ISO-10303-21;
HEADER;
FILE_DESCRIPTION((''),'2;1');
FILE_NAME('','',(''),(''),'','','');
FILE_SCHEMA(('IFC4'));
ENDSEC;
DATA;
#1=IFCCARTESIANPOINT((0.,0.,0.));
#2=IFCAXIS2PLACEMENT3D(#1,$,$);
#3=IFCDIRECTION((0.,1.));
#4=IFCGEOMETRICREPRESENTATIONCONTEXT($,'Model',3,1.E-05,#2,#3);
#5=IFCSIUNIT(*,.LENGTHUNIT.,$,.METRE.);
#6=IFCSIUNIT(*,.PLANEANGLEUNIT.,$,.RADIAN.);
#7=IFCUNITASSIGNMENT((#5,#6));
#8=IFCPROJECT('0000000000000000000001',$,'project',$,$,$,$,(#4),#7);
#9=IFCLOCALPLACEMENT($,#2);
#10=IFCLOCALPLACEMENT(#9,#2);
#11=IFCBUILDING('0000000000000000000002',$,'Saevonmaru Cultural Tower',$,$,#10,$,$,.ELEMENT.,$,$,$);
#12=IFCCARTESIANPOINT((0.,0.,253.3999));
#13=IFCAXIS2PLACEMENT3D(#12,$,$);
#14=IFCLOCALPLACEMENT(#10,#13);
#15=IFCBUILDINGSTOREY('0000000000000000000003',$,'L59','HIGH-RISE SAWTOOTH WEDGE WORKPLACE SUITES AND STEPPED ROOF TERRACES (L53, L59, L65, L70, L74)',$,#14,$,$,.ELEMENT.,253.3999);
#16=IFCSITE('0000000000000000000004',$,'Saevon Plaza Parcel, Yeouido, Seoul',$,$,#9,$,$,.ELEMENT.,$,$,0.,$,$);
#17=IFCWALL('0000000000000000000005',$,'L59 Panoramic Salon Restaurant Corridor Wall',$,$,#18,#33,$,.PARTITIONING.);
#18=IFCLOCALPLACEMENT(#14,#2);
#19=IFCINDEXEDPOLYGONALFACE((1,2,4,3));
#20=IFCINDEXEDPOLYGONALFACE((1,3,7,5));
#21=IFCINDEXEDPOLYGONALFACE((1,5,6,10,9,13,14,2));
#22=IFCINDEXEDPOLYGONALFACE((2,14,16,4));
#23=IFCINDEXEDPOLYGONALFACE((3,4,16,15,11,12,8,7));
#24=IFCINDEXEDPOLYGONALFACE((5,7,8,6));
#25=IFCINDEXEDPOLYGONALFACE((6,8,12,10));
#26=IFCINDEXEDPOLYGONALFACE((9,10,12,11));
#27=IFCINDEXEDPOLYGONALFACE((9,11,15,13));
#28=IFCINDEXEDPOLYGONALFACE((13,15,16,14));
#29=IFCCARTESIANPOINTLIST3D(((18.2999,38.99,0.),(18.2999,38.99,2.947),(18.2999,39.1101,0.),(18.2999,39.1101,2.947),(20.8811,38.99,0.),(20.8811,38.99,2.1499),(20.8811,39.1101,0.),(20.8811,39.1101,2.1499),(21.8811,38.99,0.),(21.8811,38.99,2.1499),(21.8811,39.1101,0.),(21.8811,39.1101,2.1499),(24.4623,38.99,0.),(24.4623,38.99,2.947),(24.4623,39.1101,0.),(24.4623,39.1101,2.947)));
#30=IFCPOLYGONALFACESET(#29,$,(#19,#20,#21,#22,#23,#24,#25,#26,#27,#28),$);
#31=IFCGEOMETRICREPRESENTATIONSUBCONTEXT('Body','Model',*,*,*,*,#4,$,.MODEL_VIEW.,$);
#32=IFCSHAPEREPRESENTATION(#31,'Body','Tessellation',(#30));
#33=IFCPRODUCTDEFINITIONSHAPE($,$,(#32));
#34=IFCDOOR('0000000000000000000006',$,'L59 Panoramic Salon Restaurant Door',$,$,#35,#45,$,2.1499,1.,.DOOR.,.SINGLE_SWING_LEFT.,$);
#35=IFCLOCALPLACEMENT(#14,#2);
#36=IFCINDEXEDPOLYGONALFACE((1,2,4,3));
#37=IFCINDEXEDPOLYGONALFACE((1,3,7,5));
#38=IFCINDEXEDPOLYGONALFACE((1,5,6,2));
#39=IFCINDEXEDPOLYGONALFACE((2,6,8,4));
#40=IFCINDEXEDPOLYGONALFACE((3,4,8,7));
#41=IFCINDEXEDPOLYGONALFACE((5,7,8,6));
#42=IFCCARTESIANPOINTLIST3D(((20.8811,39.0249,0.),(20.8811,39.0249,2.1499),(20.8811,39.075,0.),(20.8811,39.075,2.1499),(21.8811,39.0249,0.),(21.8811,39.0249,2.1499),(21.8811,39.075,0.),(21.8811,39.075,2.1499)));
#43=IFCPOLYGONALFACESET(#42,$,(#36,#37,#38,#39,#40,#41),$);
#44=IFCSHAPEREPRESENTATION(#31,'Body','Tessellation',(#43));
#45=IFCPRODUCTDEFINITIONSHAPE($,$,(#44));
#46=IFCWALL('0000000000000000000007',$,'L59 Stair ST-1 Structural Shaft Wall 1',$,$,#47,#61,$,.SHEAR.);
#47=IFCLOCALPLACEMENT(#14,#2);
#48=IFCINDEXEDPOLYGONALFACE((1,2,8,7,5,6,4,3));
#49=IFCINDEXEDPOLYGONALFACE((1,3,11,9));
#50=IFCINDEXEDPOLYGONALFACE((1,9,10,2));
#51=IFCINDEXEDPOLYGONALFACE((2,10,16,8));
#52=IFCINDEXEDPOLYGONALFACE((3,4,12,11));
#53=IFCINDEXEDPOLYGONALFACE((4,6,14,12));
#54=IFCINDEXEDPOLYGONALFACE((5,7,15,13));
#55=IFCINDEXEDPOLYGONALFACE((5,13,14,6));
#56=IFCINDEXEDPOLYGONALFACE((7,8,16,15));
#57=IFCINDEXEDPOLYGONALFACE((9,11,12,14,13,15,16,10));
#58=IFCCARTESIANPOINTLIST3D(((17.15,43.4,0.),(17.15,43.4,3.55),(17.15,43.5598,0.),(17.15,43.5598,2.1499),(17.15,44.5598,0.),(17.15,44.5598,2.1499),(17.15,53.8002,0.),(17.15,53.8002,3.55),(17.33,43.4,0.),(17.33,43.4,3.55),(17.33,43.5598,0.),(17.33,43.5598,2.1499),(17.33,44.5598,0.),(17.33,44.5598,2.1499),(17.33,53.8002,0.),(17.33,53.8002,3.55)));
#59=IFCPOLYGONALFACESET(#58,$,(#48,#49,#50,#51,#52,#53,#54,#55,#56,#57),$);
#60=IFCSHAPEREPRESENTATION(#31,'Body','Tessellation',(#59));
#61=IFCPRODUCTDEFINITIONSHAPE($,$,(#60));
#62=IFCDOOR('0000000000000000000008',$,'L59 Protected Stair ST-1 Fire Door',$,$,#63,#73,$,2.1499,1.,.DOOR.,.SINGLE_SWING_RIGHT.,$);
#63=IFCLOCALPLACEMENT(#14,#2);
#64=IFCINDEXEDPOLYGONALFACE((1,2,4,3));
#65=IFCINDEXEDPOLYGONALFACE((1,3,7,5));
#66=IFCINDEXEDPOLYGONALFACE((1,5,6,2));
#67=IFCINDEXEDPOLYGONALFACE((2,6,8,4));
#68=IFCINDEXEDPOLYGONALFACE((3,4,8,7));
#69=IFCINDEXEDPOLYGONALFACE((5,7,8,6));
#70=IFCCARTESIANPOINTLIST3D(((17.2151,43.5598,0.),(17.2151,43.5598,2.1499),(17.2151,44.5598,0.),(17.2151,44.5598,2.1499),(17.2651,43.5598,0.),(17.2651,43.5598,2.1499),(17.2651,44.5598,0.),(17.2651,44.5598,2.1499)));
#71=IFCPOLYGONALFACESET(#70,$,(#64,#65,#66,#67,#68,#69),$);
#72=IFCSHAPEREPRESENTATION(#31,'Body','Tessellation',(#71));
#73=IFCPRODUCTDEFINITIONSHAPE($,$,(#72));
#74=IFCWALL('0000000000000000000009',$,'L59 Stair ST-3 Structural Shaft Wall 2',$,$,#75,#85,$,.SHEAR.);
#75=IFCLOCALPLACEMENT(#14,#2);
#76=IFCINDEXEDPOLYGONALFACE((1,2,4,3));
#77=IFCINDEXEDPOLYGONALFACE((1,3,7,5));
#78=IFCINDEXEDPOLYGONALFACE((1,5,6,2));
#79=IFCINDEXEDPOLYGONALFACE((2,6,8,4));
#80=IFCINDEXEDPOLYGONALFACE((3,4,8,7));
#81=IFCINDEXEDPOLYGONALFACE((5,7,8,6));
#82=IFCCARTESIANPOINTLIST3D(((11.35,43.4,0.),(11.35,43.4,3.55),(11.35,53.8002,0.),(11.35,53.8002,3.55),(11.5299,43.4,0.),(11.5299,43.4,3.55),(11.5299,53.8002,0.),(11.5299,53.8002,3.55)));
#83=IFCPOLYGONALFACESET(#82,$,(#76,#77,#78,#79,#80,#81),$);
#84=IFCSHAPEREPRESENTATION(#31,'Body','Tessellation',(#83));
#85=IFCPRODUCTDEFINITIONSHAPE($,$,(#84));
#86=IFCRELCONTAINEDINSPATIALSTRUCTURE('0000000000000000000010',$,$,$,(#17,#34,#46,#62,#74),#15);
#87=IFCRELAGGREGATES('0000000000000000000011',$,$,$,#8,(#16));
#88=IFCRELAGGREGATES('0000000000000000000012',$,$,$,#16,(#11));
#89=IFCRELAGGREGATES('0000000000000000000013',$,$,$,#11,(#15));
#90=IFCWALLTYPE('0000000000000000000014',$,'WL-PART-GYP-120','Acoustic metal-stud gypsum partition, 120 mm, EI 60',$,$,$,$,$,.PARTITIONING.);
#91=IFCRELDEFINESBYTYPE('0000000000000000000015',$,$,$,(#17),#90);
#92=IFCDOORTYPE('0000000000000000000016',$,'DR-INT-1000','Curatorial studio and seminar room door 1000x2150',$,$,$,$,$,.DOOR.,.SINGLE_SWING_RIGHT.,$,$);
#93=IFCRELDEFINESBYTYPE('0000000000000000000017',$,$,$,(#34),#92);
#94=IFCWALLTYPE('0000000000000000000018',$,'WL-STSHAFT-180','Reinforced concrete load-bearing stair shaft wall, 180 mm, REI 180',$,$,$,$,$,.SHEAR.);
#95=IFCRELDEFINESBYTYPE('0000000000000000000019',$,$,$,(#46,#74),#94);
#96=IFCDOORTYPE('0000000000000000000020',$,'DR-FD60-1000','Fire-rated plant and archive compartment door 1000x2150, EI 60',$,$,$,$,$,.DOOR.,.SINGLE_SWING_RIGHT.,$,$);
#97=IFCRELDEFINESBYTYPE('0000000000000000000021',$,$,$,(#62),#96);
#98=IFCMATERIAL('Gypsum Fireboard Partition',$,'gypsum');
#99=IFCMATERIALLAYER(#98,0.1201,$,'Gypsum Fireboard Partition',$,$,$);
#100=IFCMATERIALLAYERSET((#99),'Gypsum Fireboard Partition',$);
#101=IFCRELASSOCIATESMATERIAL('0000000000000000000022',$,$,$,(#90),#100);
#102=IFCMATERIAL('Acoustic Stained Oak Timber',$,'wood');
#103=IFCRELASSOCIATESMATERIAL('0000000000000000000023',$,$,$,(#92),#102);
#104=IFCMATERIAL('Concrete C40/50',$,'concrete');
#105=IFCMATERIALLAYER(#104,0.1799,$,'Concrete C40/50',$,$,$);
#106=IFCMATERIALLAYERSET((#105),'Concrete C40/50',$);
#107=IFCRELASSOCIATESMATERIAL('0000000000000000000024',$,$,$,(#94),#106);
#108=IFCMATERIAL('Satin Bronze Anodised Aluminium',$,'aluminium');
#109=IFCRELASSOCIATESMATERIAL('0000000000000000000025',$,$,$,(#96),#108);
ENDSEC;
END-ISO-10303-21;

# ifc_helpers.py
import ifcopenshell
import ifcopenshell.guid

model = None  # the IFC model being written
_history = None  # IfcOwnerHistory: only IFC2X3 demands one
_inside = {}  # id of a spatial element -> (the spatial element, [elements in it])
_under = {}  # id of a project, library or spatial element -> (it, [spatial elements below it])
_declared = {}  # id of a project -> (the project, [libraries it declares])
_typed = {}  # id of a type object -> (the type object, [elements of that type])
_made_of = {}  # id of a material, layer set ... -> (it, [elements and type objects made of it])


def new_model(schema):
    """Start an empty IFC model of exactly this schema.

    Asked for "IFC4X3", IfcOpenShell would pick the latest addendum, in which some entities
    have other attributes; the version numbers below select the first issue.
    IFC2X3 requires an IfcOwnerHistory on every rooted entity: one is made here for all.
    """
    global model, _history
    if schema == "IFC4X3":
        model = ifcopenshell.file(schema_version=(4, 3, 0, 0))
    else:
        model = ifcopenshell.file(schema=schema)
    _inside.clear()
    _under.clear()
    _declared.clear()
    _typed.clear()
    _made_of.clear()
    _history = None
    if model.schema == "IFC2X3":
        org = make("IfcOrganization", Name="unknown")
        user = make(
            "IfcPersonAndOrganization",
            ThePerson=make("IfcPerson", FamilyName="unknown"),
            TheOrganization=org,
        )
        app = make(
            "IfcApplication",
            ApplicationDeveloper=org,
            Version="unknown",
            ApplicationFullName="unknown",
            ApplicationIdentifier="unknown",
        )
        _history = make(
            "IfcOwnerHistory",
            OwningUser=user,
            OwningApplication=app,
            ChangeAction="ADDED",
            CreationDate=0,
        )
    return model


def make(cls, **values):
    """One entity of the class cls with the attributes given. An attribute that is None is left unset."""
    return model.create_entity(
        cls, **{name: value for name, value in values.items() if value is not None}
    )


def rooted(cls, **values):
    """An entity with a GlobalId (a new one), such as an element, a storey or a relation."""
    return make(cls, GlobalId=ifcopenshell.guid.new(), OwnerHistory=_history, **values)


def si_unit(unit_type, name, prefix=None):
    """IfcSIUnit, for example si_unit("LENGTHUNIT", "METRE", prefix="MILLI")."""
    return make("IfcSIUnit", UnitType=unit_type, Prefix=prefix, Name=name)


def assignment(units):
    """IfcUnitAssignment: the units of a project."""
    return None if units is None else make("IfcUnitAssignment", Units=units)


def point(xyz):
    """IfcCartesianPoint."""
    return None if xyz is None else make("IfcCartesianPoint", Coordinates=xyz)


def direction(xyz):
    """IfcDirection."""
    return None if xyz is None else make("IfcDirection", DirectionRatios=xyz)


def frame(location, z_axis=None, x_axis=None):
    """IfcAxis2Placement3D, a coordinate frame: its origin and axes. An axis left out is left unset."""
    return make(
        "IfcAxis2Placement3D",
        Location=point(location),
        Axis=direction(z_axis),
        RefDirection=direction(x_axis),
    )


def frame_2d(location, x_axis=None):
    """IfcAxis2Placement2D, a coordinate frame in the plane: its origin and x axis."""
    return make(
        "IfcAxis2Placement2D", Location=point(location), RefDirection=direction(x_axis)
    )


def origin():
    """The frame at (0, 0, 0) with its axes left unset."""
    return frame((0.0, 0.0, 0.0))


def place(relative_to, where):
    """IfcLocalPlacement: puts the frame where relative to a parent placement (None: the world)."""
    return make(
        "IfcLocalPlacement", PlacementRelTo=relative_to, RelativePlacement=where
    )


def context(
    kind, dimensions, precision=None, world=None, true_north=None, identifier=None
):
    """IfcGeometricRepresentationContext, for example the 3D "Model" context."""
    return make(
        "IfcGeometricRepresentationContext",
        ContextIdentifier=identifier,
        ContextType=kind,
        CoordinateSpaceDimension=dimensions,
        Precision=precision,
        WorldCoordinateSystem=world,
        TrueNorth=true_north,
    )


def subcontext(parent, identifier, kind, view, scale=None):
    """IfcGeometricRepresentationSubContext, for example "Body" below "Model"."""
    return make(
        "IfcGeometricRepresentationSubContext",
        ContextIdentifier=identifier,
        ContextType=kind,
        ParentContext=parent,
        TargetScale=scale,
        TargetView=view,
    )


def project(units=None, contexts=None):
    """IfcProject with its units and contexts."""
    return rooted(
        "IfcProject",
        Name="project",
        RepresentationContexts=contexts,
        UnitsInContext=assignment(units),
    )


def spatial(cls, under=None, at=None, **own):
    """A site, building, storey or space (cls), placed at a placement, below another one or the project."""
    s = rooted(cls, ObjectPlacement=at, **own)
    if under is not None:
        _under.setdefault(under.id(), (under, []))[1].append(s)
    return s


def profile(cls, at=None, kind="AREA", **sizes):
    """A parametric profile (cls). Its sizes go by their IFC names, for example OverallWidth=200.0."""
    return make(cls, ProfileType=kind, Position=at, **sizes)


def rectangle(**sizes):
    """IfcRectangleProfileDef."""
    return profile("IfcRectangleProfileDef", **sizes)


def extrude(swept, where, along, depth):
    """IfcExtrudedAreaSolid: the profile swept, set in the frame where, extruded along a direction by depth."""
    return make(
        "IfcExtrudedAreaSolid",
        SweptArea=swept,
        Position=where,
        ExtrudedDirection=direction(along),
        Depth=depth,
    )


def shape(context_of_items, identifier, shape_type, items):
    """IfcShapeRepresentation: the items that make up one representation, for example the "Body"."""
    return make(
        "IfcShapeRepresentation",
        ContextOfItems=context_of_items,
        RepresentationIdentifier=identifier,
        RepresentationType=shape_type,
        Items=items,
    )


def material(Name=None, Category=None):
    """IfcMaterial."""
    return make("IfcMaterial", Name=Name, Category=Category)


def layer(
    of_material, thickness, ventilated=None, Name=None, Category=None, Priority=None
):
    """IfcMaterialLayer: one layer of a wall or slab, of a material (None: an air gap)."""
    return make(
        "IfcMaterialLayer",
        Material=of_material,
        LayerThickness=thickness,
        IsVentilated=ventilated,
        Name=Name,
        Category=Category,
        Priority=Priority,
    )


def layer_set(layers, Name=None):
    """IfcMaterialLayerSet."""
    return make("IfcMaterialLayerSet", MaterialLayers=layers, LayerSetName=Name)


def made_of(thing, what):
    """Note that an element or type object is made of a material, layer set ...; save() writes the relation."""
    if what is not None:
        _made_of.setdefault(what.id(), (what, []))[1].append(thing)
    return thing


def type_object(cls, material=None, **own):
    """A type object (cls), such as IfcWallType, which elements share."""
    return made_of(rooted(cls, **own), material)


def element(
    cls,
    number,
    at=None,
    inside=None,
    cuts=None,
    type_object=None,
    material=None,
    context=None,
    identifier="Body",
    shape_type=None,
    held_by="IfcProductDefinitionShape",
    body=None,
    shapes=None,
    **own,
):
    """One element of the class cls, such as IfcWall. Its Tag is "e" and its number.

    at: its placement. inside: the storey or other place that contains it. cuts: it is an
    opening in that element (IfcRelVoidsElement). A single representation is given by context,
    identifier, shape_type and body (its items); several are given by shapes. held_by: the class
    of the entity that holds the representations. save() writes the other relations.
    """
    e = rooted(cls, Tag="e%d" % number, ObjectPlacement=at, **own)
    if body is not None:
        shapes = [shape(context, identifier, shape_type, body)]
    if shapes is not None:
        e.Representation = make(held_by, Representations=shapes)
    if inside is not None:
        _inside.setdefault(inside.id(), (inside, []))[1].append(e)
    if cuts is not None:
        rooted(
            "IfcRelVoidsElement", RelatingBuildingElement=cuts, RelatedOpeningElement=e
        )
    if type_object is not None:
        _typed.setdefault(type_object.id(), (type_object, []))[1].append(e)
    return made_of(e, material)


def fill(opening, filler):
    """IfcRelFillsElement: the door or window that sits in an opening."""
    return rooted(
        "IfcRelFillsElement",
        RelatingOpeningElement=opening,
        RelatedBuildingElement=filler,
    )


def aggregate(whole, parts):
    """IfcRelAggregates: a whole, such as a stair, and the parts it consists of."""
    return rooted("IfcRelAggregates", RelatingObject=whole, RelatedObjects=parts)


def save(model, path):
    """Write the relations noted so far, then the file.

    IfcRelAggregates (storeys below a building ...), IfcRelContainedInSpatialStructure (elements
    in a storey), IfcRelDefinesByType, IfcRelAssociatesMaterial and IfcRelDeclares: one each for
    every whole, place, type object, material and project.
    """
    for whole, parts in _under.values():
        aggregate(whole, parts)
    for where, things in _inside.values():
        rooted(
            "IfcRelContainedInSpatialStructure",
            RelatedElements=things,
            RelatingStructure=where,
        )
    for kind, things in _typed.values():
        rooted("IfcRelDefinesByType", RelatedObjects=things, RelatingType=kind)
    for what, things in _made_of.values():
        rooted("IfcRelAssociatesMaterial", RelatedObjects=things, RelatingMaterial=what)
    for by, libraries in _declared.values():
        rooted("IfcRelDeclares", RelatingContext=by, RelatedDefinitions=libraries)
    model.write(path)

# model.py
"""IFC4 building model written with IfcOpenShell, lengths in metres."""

from ifc_helpers import new_model, si_unit, direction, frame, frame_2d, origin, place, context, subcontext, project, spatial, rectangle, extrude, material, layer, layer_set, type_object, element, fill, save


model = new_model("IFC4")

# Units and contexts
model_context = context("Model", 3, precision=1e-05, world=origin(), true_north=direction((0.0, 1.0)))
body_context = subcontext(model_context, "Body", "Model", "MODEL_VIEW")
ifc_project = project(units=[si_unit("LENGTHUNIT", "METRE"), si_unit("PLANEANGLEUNIT", "RADIAN")], contexts=[model_context])

# Site, building, storey
site_placement = place(None, origin())
site = spatial("IfcSite", under=ifc_project, at=site_placement, Name="Saevon Plaza Parcel, Yeouido, Seoul", CompositionType="ELEMENT", RefElevation=0.0)
building_placement = place(site_placement, origin())
building = spatial("IfcBuilding", under=site, at=building_placement, Name="Saevonmaru Cultural Tower", CompositionType="ELEMENT")
storey_placement = place(building_placement, frame((0.0, 0.0, 253.3999)))
storey = spatial("IfcBuildingStorey", under=building, at=storey_placement, Name="L59", Description="HIGH-RISE SAWTOOTH WEDGE WORKPLACE SUITES AND STEPPED ROOF TERRACES (L53, L59, L65, L70, L74)", CompositionType="ELEMENT", Elevation=253.3999)

# Shared definitions
ifc_material_1 = material(Name="Satin Bronze Anodised Aluminium", Category="aluminium")

# Shared definitions
ifc_material_2 = material(Name="Gypsum Fireboard Partition", Category="gypsum")
ifc_layer_1 = layer(ifc_material_2, 0.1201, Name="Gypsum Fireboard Partition")
ifc_layer_set_1 = layer_set([ifc_layer_1], Name="Gypsum Fireboard Partition")
wall_type_1 = type_object("IfcWallType", Name="WL-PART-GYP-120", Description="Acoustic metal-stud gypsum partition, 120 mm, EI 60", PredefinedType="PARTITIONING", material=ifc_layer_set_1)

# Shared definitions
ifc_material_3 = material(Name="Acoustic Stained Oak Timber", Category="wood")
door_type_1 = type_object("IfcDoorType", Name="DR-INT-1000", Description="Curatorial studio and seminar room door 1000x2150", OperationType="SINGLE_SWING_RIGHT", PredefinedType="DOOR", material=ifc_material_3)

# Walls, openings, doors
wall_1_placement = place(storey_placement, frame((18.3, 39.05, 0.0), z_axis=(0.0, 0.0, 1.0), x_axis=(1.0, 0.0, 0.0)))
wall_1 = element("IfcWall", 1, at=wall_1_placement, inside=storey, type_object=wall_type_1, Name="L59 Panoramic Salon Restaurant Corridor Wall", PredefinedType="PARTITIONING", context=body_context, shape_type="SweptSolid", body=[
    extrude(rectangle(XDim=6.1624, YDim=0.1201, at=frame_2d((3.0811, 0.0))), origin(), (0.0, 0.0, 1.0), 2.947),
])
opening_1_placement = place(wall_1_placement, frame((2.5811, 0.0, 0.0)))
opening_1 = element("IfcOpeningElement", 2, at=opening_1_placement, cuts=wall_1, PredefinedType="OPENING", context=body_context, shape_type="SweptSolid", body=[
    extrude(rectangle(XDim=1.0, YDim=2.1499, at=frame_2d((0.5, 1.075))), frame((0.0, 0.0701, 0.0), z_axis=(0.0, -1.0, 0.0), x_axis=(1.0, 0.0, 0.0)), (0.0, 0.0, 1.0), 0.1401),
])
door_1_placement = place(opening_1_placement, origin())
door_1 = element("IfcDoor", 3, at=door_1_placement, inside=storey, type_object=door_type_1, Name="L59 Panoramic Salon Restaurant Door", OperationType="SINGLE_SWING_LEFT", OverallHeight=2.1499, OverallWidth=1.0, PredefinedType="DOOR", context=body_context, shape_type="SweptSolid", body=[
    extrude(rectangle(XDim=1.0, YDim=2.1499, at=frame_2d((0.5, 1.075))), frame((0.0, 0.0249, 0.0), z_axis=(0.0, -1.0, 0.0), x_axis=(1.0, 0.0, 0.0)), (0.0, 0.0, 1.0), 0.05),
])
fill(opening_1, door_1)
ifc_material_4 = material(Name="Concrete C40/50", Category="concrete")
ifc_layer_2 = layer(ifc_material_4, 0.1799, Name="Concrete C40/50")
ifc_layer_set_2 = layer_set([ifc_layer_2], Name="Concrete C40/50")
wall_type_2 = type_object("IfcWallType", Name="WL-STSHAFT-180", Description="Reinforced concrete load-bearing stair shaft wall, 180 mm, REI 180", PredefinedType="SHEAR", material=ifc_layer_set_2)
wall_2_placement = place(storey_placement, frame((17.24, 43.3999, 0.0), z_axis=(0.0, 0.0, 1.0), x_axis=(0.0, 1.0, 0.0)))
wall_2 = element("IfcWall", 4, at=wall_2_placement, inside=storey, type_object=wall_type_2, Name="L59 Stair ST-1 Structural Shaft Wall 1", PredefinedType="SHEAR", context=body_context, shape_type="SweptSolid", body=[
    extrude(rectangle(XDim=10.4001, YDim=0.1799, at=frame_2d((5.2002, 0.0))), origin(), (0.0, 0.0, 1.0), 3.55),
])
opening_2_placement = place(wall_2_placement, frame((0.1599, 0.0, 0.0)))
opening_2 = element("IfcOpeningElement", 5, at=opening_2_placement, cuts=wall_2, PredefinedType="OPENING", context=body_context, shape_type="SweptSolid", body=[
    extrude(rectangle(XDim=1.0, YDim=2.1499, at=frame_2d((0.5, 1.075))), frame((0.0, 0.1001, 0.0), z_axis=(0.0, -1.0, 0.0), x_axis=(1.0, 0.0, 0.0)), (0.0, 0.0, 1.0), 0.2),
])
door_type_2 = type_object("IfcDoorType", Name="DR-FD60-1000", Description="Fire-rated plant and archive compartment door 1000x2150, EI 60", OperationType="SINGLE_SWING_RIGHT", PredefinedType="DOOR", material=ifc_material_1)
door_2_placement = place(opening_2_placement, origin())
door_2 = element("IfcDoor", 6, at=door_2_placement, inside=storey, type_object=door_type_2, Name="L59 Protected Stair ST-1 Fire Door", OperationType="SINGLE_SWING_RIGHT", OverallHeight=2.1499, OverallWidth=1.0, PredefinedType="DOOR", context=body_context, shape_type="SweptSolid", body=[
    extrude(rectangle(XDim=1.0, YDim=2.1499, at=frame_2d((0.5, 1.075))), frame((0.0, 0.0249, 0.0), z_axis=(0.0, -1.0, 0.0), x_axis=(1.0, 0.0, 0.0)), (0.0, 0.0, 1.0), 0.05),
])
fill(opening_2, door_2)

# Wall
wall_3_placement = place(storey_placement, frame((11.4399, 43.3999, 0.0), z_axis=(0.0, 0.0, 1.0), x_axis=(0.0, 1.0, 0.0)))
element("IfcWall", 7, at=wall_3_placement, inside=storey, type_object=wall_type_2, Name="L59 Stair ST-3 Structural Shaft Wall 2", PredefinedType="SHEAR", context=body_context, shape_type="SweptSolid", body=[
    extrude(rectangle(XDim=10.4001, YDim=0.1799, at=frame_2d((5.2002, 0.0))), origin(), (0.0, 0.0, 1.0), 3.55),
])

save(model, "model.ifc")
